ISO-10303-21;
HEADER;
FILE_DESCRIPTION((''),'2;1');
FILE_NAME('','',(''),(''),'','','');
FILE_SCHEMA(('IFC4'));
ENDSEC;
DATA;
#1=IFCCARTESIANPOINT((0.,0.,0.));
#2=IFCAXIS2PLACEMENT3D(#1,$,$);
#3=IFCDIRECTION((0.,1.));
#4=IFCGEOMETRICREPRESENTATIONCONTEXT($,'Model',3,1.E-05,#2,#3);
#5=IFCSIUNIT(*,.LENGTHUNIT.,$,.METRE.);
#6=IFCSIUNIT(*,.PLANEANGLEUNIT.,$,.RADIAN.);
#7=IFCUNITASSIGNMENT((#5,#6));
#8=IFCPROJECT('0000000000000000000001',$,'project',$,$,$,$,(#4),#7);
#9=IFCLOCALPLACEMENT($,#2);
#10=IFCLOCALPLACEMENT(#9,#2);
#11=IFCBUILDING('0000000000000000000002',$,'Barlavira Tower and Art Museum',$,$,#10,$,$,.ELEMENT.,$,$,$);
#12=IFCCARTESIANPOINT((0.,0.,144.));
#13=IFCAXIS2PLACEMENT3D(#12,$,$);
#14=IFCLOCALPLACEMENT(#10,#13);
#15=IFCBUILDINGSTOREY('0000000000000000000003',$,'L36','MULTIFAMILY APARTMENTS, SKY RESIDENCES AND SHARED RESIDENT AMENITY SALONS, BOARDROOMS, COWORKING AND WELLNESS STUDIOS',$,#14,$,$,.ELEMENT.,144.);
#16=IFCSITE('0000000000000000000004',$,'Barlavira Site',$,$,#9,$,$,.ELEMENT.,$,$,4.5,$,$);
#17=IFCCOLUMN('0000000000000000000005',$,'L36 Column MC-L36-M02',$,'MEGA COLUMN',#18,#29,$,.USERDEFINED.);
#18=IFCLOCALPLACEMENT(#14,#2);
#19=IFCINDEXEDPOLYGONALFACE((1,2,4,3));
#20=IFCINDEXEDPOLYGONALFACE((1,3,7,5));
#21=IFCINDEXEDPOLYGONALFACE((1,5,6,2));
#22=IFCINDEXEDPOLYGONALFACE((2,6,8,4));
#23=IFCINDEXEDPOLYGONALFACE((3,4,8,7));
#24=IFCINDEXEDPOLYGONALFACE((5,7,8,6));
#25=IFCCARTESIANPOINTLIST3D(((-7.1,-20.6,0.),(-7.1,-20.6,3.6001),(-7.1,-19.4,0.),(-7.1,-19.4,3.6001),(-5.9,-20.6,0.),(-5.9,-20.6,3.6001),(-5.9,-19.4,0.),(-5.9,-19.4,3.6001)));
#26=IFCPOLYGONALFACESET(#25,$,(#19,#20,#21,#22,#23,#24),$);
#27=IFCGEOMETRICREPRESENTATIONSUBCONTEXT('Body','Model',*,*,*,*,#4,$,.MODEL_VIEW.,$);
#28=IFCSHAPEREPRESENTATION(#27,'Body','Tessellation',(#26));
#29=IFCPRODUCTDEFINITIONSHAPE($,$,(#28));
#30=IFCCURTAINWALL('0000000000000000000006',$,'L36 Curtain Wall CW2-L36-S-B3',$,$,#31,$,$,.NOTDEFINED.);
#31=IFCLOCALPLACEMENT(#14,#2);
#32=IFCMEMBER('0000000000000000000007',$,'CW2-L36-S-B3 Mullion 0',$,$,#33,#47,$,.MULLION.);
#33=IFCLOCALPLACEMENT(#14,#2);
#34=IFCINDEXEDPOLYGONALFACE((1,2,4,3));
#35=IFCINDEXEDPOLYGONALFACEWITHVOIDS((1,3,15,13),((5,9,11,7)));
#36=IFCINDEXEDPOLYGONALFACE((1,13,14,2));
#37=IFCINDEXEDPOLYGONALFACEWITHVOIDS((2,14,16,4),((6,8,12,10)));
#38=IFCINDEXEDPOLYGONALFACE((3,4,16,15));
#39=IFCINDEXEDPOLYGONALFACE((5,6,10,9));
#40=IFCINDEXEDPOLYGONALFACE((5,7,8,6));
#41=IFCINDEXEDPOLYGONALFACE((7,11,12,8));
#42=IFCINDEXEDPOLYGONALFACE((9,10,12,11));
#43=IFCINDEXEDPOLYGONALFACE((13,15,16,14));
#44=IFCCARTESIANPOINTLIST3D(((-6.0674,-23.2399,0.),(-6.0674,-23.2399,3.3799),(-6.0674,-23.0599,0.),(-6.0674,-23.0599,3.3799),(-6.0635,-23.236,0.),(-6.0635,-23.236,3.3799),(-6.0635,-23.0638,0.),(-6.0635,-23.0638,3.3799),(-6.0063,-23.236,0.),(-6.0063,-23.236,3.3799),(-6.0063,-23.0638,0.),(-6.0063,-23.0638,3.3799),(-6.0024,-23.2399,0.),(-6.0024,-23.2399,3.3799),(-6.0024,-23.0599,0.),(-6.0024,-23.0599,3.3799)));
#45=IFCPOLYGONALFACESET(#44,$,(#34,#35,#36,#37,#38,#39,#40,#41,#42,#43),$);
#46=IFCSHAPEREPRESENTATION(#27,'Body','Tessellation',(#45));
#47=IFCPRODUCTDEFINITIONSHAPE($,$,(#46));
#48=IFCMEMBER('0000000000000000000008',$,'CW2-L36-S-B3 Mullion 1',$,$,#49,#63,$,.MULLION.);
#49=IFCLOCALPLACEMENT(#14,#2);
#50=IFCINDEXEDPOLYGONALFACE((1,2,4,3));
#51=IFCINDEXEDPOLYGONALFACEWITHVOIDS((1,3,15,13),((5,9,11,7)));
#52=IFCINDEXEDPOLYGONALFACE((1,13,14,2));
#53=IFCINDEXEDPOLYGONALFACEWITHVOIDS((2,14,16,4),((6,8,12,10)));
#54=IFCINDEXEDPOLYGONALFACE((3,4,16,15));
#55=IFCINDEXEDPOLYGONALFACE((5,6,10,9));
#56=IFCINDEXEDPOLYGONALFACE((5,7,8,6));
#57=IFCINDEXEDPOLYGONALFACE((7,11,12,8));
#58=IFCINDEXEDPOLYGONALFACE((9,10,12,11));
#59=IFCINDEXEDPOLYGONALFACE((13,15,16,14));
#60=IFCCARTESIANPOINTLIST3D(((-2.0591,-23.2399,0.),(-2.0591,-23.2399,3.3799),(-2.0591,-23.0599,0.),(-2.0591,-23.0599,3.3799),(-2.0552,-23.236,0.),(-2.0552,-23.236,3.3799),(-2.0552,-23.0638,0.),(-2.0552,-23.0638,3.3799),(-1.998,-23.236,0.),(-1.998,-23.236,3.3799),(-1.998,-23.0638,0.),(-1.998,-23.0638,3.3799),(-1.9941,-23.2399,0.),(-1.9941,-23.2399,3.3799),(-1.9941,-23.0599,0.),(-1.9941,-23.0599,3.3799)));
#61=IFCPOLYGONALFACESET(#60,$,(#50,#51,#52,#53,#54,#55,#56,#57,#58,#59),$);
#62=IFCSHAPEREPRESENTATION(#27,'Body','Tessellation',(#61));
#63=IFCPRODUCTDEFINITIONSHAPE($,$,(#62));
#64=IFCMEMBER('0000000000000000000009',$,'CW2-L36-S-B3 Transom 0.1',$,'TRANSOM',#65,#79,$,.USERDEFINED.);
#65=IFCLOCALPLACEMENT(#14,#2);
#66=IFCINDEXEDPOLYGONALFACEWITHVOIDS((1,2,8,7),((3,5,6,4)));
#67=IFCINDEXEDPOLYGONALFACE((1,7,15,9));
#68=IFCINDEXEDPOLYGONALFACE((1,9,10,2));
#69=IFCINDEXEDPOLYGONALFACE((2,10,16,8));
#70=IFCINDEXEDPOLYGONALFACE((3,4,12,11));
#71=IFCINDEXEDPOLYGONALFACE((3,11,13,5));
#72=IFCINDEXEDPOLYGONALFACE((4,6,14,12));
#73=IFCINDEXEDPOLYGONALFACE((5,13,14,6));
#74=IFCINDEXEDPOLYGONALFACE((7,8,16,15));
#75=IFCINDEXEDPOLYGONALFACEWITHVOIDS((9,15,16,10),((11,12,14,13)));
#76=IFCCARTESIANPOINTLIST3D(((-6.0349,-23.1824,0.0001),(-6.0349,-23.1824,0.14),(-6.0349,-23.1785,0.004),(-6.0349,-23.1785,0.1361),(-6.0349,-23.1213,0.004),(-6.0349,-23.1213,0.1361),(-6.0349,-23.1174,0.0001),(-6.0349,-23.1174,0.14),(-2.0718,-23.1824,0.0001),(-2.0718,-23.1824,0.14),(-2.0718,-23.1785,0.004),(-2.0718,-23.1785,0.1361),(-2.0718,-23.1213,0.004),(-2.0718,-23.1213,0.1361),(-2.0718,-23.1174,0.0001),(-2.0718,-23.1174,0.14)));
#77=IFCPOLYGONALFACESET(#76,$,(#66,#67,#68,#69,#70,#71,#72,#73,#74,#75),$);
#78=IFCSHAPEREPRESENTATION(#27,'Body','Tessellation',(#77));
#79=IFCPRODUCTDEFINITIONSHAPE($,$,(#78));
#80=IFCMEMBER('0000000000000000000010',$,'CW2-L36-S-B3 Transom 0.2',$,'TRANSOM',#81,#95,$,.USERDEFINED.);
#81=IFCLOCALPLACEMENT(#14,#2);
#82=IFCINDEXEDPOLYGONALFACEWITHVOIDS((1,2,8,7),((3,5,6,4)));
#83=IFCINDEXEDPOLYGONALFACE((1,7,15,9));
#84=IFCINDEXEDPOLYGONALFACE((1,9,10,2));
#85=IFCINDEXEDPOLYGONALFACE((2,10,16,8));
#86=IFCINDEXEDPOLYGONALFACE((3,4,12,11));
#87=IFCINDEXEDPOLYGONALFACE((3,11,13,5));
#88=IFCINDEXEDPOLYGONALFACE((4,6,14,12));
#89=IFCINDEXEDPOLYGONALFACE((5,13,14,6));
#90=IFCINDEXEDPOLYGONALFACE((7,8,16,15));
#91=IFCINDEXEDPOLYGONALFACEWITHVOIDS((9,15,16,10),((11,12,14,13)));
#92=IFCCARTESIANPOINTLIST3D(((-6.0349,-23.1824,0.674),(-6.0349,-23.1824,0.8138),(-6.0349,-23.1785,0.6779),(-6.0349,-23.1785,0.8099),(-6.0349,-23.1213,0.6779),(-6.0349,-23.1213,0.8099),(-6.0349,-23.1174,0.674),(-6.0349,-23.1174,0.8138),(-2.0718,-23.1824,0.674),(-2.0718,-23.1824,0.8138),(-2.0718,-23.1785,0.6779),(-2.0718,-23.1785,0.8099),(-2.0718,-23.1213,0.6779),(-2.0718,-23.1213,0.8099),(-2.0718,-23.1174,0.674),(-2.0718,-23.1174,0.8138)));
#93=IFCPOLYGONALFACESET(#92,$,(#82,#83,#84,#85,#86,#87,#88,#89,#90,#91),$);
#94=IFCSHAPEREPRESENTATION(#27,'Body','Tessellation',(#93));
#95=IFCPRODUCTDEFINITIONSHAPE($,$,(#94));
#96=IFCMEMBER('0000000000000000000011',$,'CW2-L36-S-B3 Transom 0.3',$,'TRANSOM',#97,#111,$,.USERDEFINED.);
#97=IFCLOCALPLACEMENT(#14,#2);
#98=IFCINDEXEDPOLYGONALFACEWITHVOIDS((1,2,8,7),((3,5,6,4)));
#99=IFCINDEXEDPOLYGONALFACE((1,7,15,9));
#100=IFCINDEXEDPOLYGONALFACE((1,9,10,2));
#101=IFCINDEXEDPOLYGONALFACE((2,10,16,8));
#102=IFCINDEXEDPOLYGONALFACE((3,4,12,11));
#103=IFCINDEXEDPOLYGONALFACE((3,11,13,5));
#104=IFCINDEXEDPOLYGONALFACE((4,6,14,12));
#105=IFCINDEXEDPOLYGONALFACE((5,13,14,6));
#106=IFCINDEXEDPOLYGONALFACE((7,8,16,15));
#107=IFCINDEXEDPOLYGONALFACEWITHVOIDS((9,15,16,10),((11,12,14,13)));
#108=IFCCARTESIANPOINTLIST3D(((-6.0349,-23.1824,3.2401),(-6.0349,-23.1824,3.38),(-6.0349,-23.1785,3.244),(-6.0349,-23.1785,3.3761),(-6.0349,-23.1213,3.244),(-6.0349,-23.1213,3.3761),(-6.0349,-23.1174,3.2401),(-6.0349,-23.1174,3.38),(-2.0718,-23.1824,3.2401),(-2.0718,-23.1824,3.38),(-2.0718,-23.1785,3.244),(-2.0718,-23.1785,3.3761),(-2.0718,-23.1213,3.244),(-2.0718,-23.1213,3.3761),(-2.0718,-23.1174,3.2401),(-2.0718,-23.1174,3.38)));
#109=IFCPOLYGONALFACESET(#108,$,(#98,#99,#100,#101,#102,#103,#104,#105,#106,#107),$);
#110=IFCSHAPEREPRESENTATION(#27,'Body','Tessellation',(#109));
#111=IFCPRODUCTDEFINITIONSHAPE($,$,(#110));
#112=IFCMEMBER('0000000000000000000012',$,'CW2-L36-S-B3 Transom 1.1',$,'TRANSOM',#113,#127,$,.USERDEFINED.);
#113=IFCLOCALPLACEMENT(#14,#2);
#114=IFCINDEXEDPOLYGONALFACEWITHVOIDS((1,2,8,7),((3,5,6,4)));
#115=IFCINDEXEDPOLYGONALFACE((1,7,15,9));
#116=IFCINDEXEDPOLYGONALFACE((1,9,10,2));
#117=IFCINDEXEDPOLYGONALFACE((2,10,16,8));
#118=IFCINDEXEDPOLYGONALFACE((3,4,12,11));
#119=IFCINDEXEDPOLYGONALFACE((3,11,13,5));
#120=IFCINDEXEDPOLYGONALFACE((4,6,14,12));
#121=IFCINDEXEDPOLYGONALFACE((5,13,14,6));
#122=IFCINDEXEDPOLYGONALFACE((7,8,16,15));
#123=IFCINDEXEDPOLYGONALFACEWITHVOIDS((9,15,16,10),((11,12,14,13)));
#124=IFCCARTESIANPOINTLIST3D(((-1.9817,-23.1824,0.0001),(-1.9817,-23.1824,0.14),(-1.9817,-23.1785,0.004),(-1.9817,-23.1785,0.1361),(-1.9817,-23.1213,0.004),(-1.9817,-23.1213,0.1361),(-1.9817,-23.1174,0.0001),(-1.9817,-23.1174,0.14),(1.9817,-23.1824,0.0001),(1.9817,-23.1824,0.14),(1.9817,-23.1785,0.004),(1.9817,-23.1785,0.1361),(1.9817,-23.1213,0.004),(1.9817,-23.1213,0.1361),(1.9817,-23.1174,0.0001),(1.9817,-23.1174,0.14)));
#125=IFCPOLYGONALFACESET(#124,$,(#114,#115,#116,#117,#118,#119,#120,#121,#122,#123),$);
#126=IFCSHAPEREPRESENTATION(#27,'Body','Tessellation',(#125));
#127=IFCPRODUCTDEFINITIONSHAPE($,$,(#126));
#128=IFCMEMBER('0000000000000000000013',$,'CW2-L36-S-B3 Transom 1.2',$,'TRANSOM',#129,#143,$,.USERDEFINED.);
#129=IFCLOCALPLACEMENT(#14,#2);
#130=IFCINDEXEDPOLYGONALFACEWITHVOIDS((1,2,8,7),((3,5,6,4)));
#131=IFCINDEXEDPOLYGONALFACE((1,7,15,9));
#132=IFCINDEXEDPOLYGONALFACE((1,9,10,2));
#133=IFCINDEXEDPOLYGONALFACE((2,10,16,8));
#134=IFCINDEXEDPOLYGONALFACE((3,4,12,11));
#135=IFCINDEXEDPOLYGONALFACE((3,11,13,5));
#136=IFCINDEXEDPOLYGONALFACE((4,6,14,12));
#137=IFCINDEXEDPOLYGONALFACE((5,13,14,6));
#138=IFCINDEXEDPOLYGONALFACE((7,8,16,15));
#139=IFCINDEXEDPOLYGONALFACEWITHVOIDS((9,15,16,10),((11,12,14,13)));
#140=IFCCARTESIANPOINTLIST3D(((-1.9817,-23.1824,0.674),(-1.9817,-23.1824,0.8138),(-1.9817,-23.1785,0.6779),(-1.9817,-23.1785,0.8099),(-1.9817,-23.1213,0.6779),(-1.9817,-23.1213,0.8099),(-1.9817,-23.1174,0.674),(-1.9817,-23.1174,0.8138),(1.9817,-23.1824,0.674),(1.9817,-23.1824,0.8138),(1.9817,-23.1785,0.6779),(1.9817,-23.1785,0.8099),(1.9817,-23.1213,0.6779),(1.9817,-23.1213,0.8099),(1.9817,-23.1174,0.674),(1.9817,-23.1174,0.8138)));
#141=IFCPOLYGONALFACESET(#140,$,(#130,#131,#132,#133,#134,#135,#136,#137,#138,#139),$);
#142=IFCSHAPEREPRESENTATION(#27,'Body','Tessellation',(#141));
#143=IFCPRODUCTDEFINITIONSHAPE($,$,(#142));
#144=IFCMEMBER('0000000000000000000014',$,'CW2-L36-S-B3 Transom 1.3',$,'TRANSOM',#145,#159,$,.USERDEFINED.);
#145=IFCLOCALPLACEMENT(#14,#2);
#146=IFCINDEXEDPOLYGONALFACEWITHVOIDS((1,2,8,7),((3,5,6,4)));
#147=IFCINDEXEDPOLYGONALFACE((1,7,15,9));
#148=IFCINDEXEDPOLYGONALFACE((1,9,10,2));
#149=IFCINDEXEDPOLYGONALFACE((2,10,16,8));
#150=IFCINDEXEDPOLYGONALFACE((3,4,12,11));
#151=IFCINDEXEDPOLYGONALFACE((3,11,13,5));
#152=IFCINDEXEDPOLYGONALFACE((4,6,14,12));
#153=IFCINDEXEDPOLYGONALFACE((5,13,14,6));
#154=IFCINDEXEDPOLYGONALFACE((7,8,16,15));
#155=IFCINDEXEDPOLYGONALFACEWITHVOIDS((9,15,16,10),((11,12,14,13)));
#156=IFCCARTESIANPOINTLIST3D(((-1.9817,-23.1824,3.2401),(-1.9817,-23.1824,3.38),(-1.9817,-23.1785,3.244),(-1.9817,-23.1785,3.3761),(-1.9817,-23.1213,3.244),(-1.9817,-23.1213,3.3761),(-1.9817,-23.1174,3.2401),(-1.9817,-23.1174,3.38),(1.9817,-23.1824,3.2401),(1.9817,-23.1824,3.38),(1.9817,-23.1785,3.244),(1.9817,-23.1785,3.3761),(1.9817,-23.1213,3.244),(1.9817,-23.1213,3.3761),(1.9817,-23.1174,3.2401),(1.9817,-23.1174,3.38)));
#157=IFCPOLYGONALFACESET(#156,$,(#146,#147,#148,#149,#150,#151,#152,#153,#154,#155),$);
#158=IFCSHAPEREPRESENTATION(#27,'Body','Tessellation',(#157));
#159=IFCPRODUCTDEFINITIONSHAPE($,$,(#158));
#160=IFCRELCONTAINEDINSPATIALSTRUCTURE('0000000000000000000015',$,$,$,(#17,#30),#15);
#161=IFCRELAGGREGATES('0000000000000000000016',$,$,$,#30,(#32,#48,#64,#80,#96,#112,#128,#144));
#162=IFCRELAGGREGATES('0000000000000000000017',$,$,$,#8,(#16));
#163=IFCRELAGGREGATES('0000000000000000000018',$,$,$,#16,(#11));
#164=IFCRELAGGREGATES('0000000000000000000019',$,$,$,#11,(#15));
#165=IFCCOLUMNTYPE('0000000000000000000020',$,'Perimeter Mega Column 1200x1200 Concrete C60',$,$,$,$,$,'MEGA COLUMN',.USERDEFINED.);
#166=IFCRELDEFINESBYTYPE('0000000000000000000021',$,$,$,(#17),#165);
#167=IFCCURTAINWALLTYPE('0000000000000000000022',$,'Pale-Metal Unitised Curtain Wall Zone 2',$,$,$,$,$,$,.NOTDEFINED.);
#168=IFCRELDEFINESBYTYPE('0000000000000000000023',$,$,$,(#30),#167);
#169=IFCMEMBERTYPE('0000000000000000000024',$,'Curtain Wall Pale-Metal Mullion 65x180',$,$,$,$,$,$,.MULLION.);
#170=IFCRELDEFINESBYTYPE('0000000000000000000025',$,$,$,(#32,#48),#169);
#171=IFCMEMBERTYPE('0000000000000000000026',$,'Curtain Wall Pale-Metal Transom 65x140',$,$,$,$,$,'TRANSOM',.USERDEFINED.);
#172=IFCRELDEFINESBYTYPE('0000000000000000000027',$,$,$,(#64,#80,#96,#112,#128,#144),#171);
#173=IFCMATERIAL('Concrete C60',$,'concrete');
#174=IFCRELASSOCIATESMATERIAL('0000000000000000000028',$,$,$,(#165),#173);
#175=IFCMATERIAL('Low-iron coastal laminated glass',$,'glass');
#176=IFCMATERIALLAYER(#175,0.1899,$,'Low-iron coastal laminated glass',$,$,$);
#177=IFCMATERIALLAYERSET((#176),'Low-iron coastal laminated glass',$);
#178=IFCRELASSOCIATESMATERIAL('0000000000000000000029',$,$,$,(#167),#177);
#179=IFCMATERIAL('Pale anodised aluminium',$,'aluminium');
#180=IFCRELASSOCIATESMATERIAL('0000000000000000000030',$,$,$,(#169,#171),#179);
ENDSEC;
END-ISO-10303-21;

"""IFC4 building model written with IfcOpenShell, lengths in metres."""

from ifc_helpers import new_model, si_unit, direction, frame, origin, origin_2d, place, context, subcontext, project, spatial, rectangle, hollow_rectangle, extrude, material, layer, layer_set, material_profile, profile_set, type_object, element, aggregate, save


model = new_model("IFC4")

# Units and contexts
model_context = context("Model", 3, precision=1e-05, world=origin(), true_north=direction((0.0, 1.0)))
body_context = subcontext(model_context, "Body", "Model", "MODEL_VIEW")
ifc_project = project(units=[si_unit("LENGTHUNIT", "METRE"), si_unit("PLANEANGLEUNIT", "RADIAN")], contexts=[model_context])

# Site, building, storey
site_placement = place(None, origin())
site = spatial("IfcSite", under=ifc_project, at=site_placement, Name="Barlavira Site", CompositionType="ELEMENT", RefElevation=4.5)
building_placement = place(site_placement, origin())
building = spatial("IfcBuilding", under=site, at=building_placement, Name="Barlavira Tower and Art Museum", CompositionType="ELEMENT")
storey_placement = place(building_placement, frame((0.0, 0.0, 144.0)))
storey = spatial("IfcBuildingStorey", under=building, at=storey_placement, Name="L36", Description="MULTIFAMILY APARTMENTS, SKY RESIDENCES AND SHARED RESIDENT AMENITY SALONS, BOARDROOMS, COWORKING AND WELLNESS STUDIOS", CompositionType="ELEMENT", Elevation=144.0)

# Column
ifc_material_1 = material(Name="Concrete C60", Category="concrete")
ifc_material_profile_1 = material_profile(ifc_material_1, rectangle(XDim=1.2, YDim=1.2, at=origin_2d()), Name="RC-COL 1200x1200")
ifc_profile_set_1 = profile_set([ifc_material_profile_1], Name="Concrete C60")
column_type = type_object("IfcColumnType", Name="Perimeter Mega Column 1200x1200 Concrete C60", ElementType="MEGA COLUMN", PredefinedType="USERDEFINED", material=ifc_profile_set_1)
column_placement = place(storey_placement, frame((-6.5, -20.0, 0.0), z_axis=(0.0, 0.0, 1.0), x_axis=(1.0, 0.0, 0.0)))
element("IfcColumn", 1, at=column_placement, inside=storey, type_object=column_type, Name="L36 Column MC-L36-M02", ObjectType="MEGA COLUMN", PredefinedType="USERDEFINED", context=body_context, shape_type="SweptSolid", body=[
    extrude(rectangle(XDim=1.2, YDim=1.2, at=origin_2d()), origin(), (0.0, 0.0, 1.0), 3.6001),
])

# Curtain wall, members
ifc_material_2 = material(Name="Low-iron coastal laminated glass", Category="glass")
ifc_layer_1 = layer(ifc_material_2, 0.1899, Name="Low-iron coastal laminated glass")
ifc_layer_set_1 = layer_set([ifc_layer_1], Name="Low-iron coastal laminated glass")
curtain_wall_type = type_object("IfcCurtainWallType", Name="Pale-Metal Unitised Curtain Wall Zone 2", PredefinedType="NOTDEFINED", material=ifc_layer_set_1)
curtain_wall_placement = place(storey_placement, origin())
curtain_wall = element("IfcCurtainWall", 2, at=curtain_wall_placement, inside=storey, type_object=curtain_wall_type, Name="L36 Curtain Wall CW2-L36-S-B3", PredefinedType="NOTDEFINED")
ifc_material_3 = material(Name="Pale anodised aluminium", Category="aluminium")
ifc_material_profile_2 = material_profile(ifc_material_3, hollow_rectangle(XDim=0.0649, YDim=0.1799, WallThickness=0.0039, at=origin_2d()), Name="ALU-MULL 65x180x4")
ifc_profile_set_2 = profile_set([ifc_material_profile_2], Name="Pale anodised aluminium")
member_type_1 = type_object("IfcMemberType", Name="Curtain Wall Pale-Metal Mullion 65x180", PredefinedType="MULLION", material=ifc_profile_set_2)
member_1_placement = place(storey_placement, frame((-6.0349, -23.1499, 0.0), z_axis=(0.0, 0.0, 1.0), x_axis=(1.0, 0.0, 0.0)))
member_1 = element("IfcMember", 3, at=member_1_placement, type_object=member_type_1, Name="CW2-L36-S-B3 Mullion 0", PredefinedType="MULLION", context=body_context, shape_type="SweptSolid", body=[
    extrude(hollow_rectangle(XDim=0.0649, YDim=0.1799, WallThickness=0.0039, at=origin_2d()), origin(), (0.0, 0.0, 1.0), 3.3799),
])
member_2_placement = place(storey_placement, frame((-2.0266, -23.1499, 0.0), z_axis=(0.0, 0.0, 1.0), x_axis=(1.0, 0.0, 0.0)))
member_2 = element("IfcMember", 4, at=member_2_placement, type_object=member_type_1, Name="CW2-L36-S-B3 Mullion 1", PredefinedType="MULLION", context=body_context, shape_type="SweptSolid", body=[
    extrude(hollow_rectangle(XDim=0.0649, YDim=0.1799, WallThickness=0.0039, at=origin_2d()), origin(), (0.0, 0.0, 1.0), 3.3799),
])
ifc_material_profile_3 = material_profile(ifc_material_3, hollow_rectangle(XDim=0.0649, YDim=0.1399, WallThickness=0.0039, at=origin_2d()), Name="ALU-TRAN 65x140x4")
ifc_profile_set_3 = profile_set([ifc_material_profile_3], Name="Pale anodised aluminium")
member_type_2 = type_object("IfcMemberType", Name="Curtain Wall Pale-Metal Transom 65x140", ElementType="TRANSOM", PredefinedType="USERDEFINED", material=ifc_profile_set_3)
member_3_placement = place(storey_placement, frame((-6.0349, -23.1499, 0.0701), z_axis=(1.0, 0.0, 0.0), x_axis=(0.0, 1.0, 0.0)))
member_3 = element("IfcMember", 5, at=member_3_placement, type_object=member_type_2, Name="CW2-L36-S-B3 Transom 0.1", ObjectType="TRANSOM", PredefinedType="USERDEFINED", context=body_context, shape_type="SweptSolid", body=[
    extrude(hollow_rectangle(XDim=0.0649, YDim=0.1399, WallThickness=0.0039, at=origin_2d()), origin(), (0.0, 0.0, 1.0), 3.9631),
])
member_4_placement = place(storey_placement, frame((-6.0349, -23.1499, 0.7439), z_axis=(1.0, 0.0, 0.0), x_axis=(0.0, 1.0, 0.0)))
member_4 = element("IfcMember", 6, at=member_4_placement, type_object=member_type_2, Name="CW2-L36-S-B3 Transom 0.2", ObjectType="TRANSOM", PredefinedType="USERDEFINED", context=body_context, shape_type="SweptSolid", body=[
    extrude(hollow_rectangle(XDim=0.0649, YDim=0.1399, WallThickness=0.0039, at=origin_2d()), origin(), (0.0, 0.0, 1.0), 3.9631),
])
member_5_placement = place(storey_placement, frame((-6.0349, -23.1499, 3.3101), z_axis=(1.0, 0.0, 0.0), x_axis=(0.0, 1.0, 0.0)))
member_5 = element("IfcMember", 7, at=member_5_placement, type_object=member_type_2, Name="CW2-L36-S-B3 Transom 0.3", ObjectType="TRANSOM", PredefinedType="USERDEFINED", context=body_context, shape_type="SweptSolid", body=[
    extrude(hollow_rectangle(XDim=0.0649, YDim=0.1399, WallThickness=0.0039, at=origin_2d()), origin(), (0.0, 0.0, 1.0), 3.9631),
])
member_6_placement = place(storey_placement, frame((-1.9817, -23.1499, 0.0701), z_axis=(1.0, 0.0, 0.0), x_axis=(0.0, 1.0, 0.0)))
member_6 = element("IfcMember", 8, at=member_6_placement, type_object=member_type_2, Name="CW2-L36-S-B3 Transom 1.1", ObjectType="TRANSOM", PredefinedType="USERDEFINED", context=body_context, shape_type="SweptSolid", body=[
    extrude(hollow_rectangle(XDim=0.0649, YDim=0.1399, WallThickness=0.0039, at=origin_2d()), origin(), (0.0, 0.0, 1.0), 3.9634),
])
member_7_placement = place(storey_placement, frame((-1.9817, -23.1499, 0.7439), z_axis=(1.0, 0.0, 0.0), x_axis=(0.0, 1.0, 0.0)))
member_7 = element("IfcMember", 9, at=member_7_placement, type_object=member_type_2, Name="CW2-L36-S-B3 Transom 1.2", ObjectType="TRANSOM", PredefinedType="USERDEFINED", context=body_context, shape_type="SweptSolid", body=[
    extrude(hollow_rectangle(XDim=0.0649, YDim=0.1399, WallThickness=0.0039, at=origin_2d()), origin(), (0.0, 0.0, 1.0), 3.9634),
])
member_8_placement = place(storey_placement, frame((-1.9817, -23.1499, 3.3101), z_axis=(1.0, 0.0, 0.0), x_axis=(0.0, 1.0, 0.0)))
member_8 = element("IfcMember", 10, at=member_8_placement, type_object=member_type_2, Name="CW2-L36-S-B3 Transom 1.3", ObjectType="TRANSOM", PredefinedType="USERDEFINED", context=body_context, shape_type="SweptSolid", body=[
    extrude(hollow_rectangle(XDim=0.0649, YDim=0.1399, WallThickness=0.0039, at=origin_2d()), origin(), (0.0, 0.0, 1.0), 3.9634),
])

aggregate(curtain_wall, [member_1, member_2, member_3, member_4, member_5, member_6, member_7, member_8])

save(model, "model.ifc")
